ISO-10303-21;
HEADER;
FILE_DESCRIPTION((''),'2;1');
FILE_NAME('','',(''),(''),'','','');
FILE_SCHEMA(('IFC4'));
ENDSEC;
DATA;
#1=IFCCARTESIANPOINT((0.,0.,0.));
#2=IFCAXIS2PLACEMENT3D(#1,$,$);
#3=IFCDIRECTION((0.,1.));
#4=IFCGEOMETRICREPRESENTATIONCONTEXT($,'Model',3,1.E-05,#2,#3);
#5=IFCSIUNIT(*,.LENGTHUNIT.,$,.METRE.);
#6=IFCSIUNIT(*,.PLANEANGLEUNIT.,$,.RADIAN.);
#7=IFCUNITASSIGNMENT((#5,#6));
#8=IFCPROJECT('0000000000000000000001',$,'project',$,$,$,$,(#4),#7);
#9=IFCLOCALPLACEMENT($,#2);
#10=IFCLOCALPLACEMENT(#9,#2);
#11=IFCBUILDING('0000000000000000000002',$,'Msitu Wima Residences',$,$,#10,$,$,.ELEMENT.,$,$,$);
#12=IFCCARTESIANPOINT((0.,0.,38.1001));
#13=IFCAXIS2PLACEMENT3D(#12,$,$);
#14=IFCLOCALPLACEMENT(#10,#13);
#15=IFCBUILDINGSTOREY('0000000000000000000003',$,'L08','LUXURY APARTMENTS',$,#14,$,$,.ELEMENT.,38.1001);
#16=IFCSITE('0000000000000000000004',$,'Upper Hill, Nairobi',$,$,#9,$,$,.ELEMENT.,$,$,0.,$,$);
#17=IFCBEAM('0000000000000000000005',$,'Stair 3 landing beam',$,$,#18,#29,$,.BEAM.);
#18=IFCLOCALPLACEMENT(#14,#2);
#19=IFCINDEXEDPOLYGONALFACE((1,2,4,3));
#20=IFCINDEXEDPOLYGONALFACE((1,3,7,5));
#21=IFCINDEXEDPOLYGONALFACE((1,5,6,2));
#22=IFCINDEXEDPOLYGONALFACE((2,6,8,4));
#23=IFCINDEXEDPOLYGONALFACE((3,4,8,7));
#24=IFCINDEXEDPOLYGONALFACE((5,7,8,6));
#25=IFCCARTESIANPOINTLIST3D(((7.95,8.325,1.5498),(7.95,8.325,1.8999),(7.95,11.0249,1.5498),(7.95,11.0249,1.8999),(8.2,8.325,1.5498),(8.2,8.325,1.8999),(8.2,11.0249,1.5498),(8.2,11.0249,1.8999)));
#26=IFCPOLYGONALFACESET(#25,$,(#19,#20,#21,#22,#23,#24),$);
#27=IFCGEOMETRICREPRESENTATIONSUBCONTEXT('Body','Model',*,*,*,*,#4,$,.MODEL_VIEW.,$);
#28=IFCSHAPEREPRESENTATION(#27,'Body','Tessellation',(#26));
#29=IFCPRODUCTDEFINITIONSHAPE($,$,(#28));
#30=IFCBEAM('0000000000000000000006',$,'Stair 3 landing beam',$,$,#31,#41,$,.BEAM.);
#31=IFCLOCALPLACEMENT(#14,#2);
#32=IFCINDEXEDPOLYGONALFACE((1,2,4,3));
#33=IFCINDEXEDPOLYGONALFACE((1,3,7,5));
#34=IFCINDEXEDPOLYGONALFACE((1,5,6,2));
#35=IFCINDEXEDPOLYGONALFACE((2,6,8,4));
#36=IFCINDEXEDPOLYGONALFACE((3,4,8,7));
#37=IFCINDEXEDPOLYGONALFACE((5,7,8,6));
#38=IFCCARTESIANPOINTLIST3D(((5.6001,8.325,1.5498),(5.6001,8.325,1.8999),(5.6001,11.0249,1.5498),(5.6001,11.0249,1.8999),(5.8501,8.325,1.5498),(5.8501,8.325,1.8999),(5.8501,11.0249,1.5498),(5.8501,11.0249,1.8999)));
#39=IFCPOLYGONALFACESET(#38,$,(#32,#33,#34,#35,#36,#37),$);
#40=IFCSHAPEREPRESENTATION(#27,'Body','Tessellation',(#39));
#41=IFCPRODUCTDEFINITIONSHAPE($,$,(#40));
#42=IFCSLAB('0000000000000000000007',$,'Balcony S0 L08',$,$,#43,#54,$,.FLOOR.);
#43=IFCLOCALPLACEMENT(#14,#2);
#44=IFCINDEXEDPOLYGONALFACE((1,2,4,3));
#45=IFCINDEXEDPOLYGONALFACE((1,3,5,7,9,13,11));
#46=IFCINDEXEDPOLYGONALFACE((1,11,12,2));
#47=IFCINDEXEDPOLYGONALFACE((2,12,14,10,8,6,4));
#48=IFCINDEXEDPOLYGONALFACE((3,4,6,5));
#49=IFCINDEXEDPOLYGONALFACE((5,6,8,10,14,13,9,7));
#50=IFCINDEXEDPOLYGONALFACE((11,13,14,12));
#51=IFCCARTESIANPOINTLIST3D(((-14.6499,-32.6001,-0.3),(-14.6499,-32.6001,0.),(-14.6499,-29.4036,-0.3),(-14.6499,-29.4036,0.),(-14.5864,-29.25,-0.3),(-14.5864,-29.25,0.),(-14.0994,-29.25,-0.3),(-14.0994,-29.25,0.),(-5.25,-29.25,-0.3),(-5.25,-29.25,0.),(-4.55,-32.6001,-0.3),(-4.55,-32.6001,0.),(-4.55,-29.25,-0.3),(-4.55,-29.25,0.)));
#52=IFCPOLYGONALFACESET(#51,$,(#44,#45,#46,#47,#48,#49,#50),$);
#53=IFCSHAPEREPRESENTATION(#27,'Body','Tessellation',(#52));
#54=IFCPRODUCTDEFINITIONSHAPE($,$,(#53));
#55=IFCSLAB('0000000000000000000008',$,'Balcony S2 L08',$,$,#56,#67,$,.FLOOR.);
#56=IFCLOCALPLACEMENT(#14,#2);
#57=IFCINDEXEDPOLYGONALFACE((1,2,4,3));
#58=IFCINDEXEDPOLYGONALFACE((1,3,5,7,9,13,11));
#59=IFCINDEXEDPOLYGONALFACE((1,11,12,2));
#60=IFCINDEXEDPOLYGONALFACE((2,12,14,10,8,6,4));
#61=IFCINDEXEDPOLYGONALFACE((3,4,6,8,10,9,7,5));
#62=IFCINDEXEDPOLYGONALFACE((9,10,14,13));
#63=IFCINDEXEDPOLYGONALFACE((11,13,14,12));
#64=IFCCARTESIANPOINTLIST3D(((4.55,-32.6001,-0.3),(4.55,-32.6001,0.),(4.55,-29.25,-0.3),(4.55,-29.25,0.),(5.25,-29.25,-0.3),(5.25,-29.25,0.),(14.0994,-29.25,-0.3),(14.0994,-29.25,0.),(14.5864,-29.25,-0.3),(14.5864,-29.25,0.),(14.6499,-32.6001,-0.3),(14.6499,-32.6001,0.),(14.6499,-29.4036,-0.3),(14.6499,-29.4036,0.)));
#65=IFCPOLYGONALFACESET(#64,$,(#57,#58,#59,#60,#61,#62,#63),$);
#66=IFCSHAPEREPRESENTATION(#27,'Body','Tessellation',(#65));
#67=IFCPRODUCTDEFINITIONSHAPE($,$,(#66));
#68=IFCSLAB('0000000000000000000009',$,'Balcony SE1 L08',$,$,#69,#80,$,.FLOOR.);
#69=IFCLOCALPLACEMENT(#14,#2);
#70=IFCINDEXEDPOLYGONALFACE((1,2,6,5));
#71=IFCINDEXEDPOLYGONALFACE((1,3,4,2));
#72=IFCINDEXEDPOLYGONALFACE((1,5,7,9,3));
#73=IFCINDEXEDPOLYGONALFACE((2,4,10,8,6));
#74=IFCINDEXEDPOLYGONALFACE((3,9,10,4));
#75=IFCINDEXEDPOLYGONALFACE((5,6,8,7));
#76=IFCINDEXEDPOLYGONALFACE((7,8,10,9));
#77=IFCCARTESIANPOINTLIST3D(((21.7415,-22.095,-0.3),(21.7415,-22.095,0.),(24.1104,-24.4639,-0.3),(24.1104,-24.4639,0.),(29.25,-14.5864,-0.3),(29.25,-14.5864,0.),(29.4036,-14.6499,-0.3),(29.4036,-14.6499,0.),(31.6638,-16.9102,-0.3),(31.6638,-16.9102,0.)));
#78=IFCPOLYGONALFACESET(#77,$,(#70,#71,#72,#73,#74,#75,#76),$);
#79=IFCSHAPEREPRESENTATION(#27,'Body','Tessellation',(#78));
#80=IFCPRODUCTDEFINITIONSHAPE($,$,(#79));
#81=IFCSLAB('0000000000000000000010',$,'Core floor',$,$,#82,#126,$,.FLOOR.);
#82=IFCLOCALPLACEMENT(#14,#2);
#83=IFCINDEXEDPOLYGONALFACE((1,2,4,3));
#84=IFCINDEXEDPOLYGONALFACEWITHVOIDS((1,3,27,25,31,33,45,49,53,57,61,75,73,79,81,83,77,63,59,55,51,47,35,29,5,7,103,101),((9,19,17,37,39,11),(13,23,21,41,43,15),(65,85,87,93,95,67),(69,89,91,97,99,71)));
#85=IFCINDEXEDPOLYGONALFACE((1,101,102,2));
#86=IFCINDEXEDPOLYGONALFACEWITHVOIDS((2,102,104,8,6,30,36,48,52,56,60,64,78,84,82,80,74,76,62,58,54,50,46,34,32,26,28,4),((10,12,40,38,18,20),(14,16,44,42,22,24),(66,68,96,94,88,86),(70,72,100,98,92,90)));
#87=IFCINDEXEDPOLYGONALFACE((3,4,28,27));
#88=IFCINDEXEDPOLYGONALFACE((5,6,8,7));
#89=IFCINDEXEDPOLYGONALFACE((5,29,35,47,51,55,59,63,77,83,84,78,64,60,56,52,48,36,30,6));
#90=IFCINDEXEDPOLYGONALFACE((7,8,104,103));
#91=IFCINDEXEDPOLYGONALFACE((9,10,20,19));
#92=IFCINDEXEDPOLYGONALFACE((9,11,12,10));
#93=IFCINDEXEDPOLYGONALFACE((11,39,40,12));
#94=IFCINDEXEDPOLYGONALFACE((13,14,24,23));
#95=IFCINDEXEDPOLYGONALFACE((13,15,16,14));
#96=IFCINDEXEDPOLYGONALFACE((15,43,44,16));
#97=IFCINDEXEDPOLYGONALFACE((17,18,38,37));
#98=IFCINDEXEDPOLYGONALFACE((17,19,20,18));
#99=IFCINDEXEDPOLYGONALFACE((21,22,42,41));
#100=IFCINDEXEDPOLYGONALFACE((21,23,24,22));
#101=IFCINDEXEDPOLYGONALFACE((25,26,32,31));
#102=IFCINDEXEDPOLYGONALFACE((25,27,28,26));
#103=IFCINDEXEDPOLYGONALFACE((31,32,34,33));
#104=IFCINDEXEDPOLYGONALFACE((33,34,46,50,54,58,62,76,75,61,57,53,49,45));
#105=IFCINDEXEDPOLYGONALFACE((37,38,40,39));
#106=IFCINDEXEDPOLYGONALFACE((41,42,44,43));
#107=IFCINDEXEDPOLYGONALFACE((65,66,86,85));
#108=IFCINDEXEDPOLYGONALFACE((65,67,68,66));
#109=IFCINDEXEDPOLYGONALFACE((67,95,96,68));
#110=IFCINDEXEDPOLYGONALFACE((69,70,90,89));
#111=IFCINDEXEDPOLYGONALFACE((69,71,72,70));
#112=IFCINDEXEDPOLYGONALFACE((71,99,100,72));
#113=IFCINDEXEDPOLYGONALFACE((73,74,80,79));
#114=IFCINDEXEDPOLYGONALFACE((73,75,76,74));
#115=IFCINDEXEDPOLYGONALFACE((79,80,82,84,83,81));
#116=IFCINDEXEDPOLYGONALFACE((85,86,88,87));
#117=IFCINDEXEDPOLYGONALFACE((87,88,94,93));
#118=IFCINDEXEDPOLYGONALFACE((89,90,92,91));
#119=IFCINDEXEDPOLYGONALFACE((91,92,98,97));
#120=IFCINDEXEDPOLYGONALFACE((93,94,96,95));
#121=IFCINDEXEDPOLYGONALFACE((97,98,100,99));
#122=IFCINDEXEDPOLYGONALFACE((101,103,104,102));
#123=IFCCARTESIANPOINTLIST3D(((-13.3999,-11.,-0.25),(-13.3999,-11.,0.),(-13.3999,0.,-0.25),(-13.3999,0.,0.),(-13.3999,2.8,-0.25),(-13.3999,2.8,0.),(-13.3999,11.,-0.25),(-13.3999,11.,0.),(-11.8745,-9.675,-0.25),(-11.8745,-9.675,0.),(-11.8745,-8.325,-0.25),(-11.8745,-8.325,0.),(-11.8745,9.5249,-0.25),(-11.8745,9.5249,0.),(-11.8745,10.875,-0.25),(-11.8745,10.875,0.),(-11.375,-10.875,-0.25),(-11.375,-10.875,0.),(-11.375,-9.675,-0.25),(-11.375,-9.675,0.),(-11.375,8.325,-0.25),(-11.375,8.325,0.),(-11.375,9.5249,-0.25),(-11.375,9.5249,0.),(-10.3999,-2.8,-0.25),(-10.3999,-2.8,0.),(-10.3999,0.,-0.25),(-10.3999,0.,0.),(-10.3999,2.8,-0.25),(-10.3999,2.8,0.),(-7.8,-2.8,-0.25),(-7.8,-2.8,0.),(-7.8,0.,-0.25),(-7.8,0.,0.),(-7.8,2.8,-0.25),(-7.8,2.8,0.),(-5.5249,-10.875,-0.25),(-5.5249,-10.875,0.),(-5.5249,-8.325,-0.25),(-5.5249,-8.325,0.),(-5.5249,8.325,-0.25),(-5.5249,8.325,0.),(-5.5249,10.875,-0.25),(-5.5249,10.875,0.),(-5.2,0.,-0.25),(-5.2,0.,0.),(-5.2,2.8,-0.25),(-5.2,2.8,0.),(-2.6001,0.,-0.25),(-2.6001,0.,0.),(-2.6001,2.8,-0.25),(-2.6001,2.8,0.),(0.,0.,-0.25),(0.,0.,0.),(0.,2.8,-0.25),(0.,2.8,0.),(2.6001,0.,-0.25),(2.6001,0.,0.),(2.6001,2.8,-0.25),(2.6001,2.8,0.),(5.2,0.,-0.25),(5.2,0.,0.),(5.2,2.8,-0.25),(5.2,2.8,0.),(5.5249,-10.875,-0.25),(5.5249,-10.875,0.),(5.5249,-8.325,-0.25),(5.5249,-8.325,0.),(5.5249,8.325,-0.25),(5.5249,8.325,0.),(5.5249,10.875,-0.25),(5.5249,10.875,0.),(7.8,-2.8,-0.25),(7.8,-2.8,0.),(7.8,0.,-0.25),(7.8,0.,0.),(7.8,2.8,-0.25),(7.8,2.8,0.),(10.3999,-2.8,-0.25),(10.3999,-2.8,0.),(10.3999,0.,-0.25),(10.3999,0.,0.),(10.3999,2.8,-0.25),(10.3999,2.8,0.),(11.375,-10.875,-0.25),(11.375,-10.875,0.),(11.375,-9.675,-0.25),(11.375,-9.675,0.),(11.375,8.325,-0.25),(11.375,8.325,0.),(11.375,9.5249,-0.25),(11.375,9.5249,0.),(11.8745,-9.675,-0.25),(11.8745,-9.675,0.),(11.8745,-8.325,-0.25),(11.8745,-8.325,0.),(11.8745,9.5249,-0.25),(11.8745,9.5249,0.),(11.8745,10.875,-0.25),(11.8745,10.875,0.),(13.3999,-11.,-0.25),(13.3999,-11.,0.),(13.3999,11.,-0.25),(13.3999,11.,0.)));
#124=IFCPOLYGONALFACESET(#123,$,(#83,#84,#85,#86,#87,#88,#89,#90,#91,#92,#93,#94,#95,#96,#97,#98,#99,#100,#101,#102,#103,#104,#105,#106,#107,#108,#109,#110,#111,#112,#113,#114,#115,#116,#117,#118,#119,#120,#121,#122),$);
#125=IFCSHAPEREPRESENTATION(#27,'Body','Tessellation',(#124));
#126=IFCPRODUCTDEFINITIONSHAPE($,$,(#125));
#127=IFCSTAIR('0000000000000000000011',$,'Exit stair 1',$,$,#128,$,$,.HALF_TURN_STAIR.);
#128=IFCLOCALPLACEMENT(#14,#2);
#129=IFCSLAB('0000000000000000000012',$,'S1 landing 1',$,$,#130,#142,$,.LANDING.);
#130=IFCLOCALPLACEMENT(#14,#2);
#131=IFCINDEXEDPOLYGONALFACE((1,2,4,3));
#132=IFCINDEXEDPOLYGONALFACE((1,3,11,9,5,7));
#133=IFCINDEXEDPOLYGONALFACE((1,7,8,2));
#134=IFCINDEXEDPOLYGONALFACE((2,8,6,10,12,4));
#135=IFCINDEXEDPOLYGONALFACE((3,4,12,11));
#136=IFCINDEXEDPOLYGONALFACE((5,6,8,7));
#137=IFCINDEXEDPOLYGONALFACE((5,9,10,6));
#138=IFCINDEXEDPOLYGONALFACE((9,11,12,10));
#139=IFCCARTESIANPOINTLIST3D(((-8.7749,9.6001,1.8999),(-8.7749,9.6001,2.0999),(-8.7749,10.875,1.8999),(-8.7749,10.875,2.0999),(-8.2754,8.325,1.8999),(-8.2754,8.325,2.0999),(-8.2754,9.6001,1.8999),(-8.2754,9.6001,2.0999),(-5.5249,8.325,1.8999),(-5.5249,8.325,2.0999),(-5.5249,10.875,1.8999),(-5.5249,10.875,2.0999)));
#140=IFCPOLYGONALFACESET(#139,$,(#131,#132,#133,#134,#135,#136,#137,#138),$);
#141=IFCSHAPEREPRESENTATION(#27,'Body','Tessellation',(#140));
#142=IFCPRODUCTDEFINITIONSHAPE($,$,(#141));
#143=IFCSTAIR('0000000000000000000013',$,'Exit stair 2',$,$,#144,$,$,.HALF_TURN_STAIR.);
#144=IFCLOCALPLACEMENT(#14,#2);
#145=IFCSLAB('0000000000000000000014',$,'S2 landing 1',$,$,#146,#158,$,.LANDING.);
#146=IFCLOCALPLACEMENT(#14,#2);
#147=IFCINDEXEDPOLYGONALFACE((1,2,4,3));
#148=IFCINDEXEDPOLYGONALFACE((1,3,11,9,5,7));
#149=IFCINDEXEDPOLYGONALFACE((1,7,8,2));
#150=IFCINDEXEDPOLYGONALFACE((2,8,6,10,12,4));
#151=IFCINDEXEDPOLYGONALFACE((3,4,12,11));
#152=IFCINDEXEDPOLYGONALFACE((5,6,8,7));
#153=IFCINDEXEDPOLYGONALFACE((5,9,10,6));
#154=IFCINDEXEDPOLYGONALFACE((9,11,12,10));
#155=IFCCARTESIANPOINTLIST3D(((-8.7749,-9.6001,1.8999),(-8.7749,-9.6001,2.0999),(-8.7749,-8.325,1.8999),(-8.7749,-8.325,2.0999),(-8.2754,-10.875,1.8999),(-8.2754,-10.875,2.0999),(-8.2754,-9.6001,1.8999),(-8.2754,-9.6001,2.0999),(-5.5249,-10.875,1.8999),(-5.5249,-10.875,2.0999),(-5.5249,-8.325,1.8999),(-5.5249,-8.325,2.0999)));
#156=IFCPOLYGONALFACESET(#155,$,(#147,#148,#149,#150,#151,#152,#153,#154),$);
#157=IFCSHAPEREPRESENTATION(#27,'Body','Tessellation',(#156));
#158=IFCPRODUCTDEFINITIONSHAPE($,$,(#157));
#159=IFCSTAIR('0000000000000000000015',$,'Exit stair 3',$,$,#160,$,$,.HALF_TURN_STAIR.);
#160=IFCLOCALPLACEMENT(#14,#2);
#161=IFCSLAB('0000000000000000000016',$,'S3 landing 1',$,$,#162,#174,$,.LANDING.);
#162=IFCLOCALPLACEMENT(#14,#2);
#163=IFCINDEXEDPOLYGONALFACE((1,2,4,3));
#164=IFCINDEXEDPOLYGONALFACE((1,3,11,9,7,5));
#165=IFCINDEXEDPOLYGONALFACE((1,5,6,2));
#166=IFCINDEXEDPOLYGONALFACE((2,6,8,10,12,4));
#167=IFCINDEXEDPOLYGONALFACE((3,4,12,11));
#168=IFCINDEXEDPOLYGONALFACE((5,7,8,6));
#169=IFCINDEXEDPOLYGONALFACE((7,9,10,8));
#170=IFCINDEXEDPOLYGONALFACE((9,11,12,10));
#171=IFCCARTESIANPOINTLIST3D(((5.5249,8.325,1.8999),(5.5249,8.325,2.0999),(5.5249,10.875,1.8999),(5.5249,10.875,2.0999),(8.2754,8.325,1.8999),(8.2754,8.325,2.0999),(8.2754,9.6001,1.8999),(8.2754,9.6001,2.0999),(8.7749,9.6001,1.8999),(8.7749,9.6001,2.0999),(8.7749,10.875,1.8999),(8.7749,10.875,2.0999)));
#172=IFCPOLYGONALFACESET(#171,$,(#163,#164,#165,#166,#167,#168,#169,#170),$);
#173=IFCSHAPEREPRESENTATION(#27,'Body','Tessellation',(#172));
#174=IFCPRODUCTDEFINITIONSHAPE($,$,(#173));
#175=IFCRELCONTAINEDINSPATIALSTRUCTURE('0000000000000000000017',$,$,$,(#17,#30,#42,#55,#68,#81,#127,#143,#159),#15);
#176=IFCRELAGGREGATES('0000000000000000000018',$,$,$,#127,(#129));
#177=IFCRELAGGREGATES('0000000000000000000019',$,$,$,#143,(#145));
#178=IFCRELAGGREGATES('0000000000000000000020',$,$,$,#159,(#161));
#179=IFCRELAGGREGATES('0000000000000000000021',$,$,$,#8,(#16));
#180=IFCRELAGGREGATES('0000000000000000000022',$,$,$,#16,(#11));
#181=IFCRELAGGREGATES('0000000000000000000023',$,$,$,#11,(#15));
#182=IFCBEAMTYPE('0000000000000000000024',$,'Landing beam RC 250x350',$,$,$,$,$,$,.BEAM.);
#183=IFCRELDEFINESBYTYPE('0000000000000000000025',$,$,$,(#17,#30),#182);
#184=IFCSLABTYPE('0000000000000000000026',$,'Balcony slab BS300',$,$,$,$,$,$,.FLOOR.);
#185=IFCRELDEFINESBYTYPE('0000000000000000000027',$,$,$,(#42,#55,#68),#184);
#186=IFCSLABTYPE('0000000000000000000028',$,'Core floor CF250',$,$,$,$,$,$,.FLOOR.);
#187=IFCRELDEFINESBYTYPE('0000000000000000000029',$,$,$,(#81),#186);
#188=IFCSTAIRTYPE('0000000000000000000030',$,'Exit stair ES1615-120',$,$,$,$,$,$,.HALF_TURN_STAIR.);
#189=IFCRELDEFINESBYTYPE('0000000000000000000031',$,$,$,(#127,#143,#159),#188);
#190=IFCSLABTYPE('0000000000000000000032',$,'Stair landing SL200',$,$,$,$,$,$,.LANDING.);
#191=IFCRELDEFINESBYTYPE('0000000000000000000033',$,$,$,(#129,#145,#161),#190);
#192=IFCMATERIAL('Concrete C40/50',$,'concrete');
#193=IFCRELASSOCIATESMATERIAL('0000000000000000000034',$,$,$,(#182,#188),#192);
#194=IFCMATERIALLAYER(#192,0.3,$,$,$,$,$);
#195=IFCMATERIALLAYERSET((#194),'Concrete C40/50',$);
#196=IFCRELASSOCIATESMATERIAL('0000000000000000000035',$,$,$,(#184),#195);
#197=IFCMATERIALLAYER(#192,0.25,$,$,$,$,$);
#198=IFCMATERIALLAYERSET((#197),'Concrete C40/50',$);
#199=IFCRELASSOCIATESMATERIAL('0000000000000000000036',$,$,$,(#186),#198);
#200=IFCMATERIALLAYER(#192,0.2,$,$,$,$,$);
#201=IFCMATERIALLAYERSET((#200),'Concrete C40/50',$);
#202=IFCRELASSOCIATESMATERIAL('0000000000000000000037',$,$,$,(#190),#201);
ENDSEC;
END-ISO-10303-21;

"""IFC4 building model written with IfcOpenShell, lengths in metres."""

from ifc_helpers import new_model, si_unit, direction, frame, origin, origin_2d, place, context, subcontext, project, spatial, polyline, rectangle, outline, extrude, material, layer, layer_set, material_profile, profile_set, type_object, element, aggregate, save


model = new_model("IFC4")

# Units and contexts
model_context = context("Model", 3, precision=1e-05, world=origin(), true_north=direction((0.0, 1.0)))
body_context = subcontext(model_context, "Body", "Model", "MODEL_VIEW")
ifc_project = project(units=[si_unit("LENGTHUNIT", "METRE"), si_unit("PLANEANGLEUNIT", "RADIAN")], contexts=[model_context])

# Site, building, storey
site_placement = place(None, origin())
site = spatial("IfcSite", under=ifc_project, at=site_placement, Name="Upper Hill, Nairobi", CompositionType="ELEMENT", RefElevation=0.0)
building_placement = place(site_placement, origin())
building = spatial("IfcBuilding", under=site, at=building_placement, Name="Msitu Wima Residences", CompositionType="ELEMENT")
storey_placement = place(building_placement, frame((0.0, 0.0, 38.1001)))
storey = spatial("IfcBuildingStorey", under=building, at=storey_placement, Name="L08", Description="LUXURY APARTMENTS", CompositionType="ELEMENT", Elevation=38.1001)

# Beams
ifc_material_1 = material(Name="Concrete C40/50", Category="concrete")
ifc_material_profile = material_profile(ifc_material_1, rectangle(XDim=0.25, YDim=0.3501, at=origin_2d()), Name="RC 250x350")
ifc_profile_set = profile_set([ifc_material_profile], Name="Concrete C40/50")
beam_type = type_object("IfcBeamType", Name="Landing beam RC 250x350", PredefinedType="BEAM", material=ifc_profile_set)
for number, where, z_axis, x_axis, name in (
    (1, (8.075, 8.325, 1.7249), (0.0, 1.0, 0.0), (-1.0, 0.0, 0.0), "Stair 3 landing beam"),
    (2, (5.7251, 8.325, 1.7249), (0.0, 1.0, 0.0), (-1.0, 0.0, 0.0), "Stair 3 landing beam"),
):
    element("IfcBeam", number, at=place(storey_placement, frame(where, z_axis=z_axis, x_axis=x_axis)), inside=storey, type_object=beam_type, Name=name, PredefinedType="BEAM", context=body_context, shape_type="SweptSolid", body=[
        extrude(rectangle(XDim=0.25, YDim=0.3501, at=origin_2d()), origin(), (0.0, 0.0, 1.0), 2.7),
    ])

# Slabs
ifc_layer_1 = layer(ifc_material_1, 0.3)
ifc_layer_set_1 = layer_set([ifc_layer_1], Name="Concrete C40/50")
slab_type_1 = type_object("IfcSlabType", Name="Balcony slab BS300", PredefinedType="FLOOR", material=ifc_layer_set_1)
slab_1_placement = place(storey_placement, frame((0.0, 0.0, -0.3)))
element("IfcSlab", 3, at=slab_1_placement, inside=storey, type_object=slab_type_1, Name="Balcony S0 L08", PredefinedType="FLOOR", context=body_context, shape_type="SweptSolid", body=[
    extrude(outline(polyline([(-14.0994, -29.25), (-14.0994, -29.25), (-5.25, -29.25), (-4.55, -29.25), (-4.55, -32.6001), (-14.6499, -32.6001), (-14.6499, -29.4036), (-14.5864, -29.25), (-14.0994, -29.25), (-14.0994, -29.25)])), origin(), (0.0, 0.0, 1.0), 0.3),
])
slab_2_placement = place(storey_placement, frame((0.0, 0.0, -0.3)))
element("IfcSlab", 4, at=slab_2_placement, inside=storey, type_object=slab_type_1, Name="Balcony S2 L08", PredefinedType="FLOOR", context=body_context, shape_type="SweptSolid", body=[
    extrude(outline(polyline([(14.0994, -29.25), (14.0994, -29.25), (14.0994, -29.25), (14.5864, -29.25), (14.6499, -29.4036), (14.6499, -32.6001), (4.55, -32.6001), (4.55, -29.25), (5.25, -29.25), (14.0994, -29.25)])), origin(), (0.0, 0.0, 1.0), 0.3),
])
slab_3_placement = place(storey_placement, frame((0.0, 0.0, -0.3)))
element("IfcSlab", 5, at=slab_3_placement, inside=storey, type_object=slab_type_1, Name="Balcony SE1 L08", PredefinedType="FLOOR", context=body_context, shape_type="SweptSolid", body=[
    extrude(outline(polyline([(31.6638, -16.9102), (24.1104, -24.4639), (21.7415, -22.095), (29.25, -14.5864), (29.4036, -14.6499), (31.6638, -16.9102)])), origin(), (0.0, 0.0, 1.0), 0.3),
])
ifc_layer_2 = layer(ifc_material_1, 0.25)
ifc_layer_set_2 = layer_set([ifc_layer_2], Name="Concrete C40/50")
slab_type_2 = type_object("IfcSlabType", Name="Core floor CF250", PredefinedType="FLOOR", material=ifc_layer_set_2)
slab_4_placement = place(storey_placement, frame((0.0, 0.0, -0.25)))
element("IfcSlab", 6, at=slab_4_placement, inside=storey, type_object=slab_type_2, Name="Core floor", PredefinedType="FLOOR", context=body_context, shape_type="SweptSolid", body=[
    extrude(outline(polyline([(-13.3999, 11.0), (-13.3999, 2.8), (-10.3999, 2.8), (-7.8, 2.8), (-5.2, 2.8), (-2.6001, 2.8), (0.0, 2.8), (2.6001, 2.8), (5.2, 2.8), (7.8, 2.8), (10.3999, 2.8), (10.3999, 0.0), (10.3999, -2.8), (7.8, -2.8), (7.8, 0.0), (5.2, 0.0), (2.6001, 0.0), (0.0, 0.0), (-2.6001, 0.0), (-5.2, 0.0), (-7.8, 0.0), (-7.8, -2.8), (-10.3999, -2.8), (-10.3999, 0.0), (-13.3999, 0.0), (-13.3999, -11.0), (13.3999, -11.0), (13.3999, 11.0), (-13.3999, 11.0)]), holes=[polyline([(-11.375, -10.875), (-11.375, -9.675), (-11.8745, -9.675), (-11.8745, -8.325), (-5.5249, -8.325), (-5.5249, -10.875), (-11.375, -10.875)]), polyline([(-11.375, 9.5249), (-11.8745, 9.5249), (-11.8745, 10.875), (-5.5249, 10.875), (-5.5249, 8.325), (-11.375, 8.325), (-11.375, 9.5249)]), polyline([(11.375, -9.675), (11.375, -10.875), (5.5249, -10.875), (5.5249, -8.325), (11.8745, -8.325), (11.8745, -9.675), (11.375, -9.675)]), polyline([(11.375, 9.5249), (11.375, 8.325), (5.5249, 8.325), (5.5249, 10.875), (11.8745, 10.875), (11.8745, 9.5249), (11.375, 9.5249)])]), origin(), (0.0, 0.0, 1.0), 0.25),
])

# Stairs, slabs
stair_type = type_object("IfcStairType", Name="Exit stair ES1615-120", PredefinedType="HALF_TURN_STAIR", material=ifc_material_1)
stair_1_placement = place(storey_placement, origin())
stair_1 = element("IfcStair", 7, at=stair_1_placement, inside=storey, type_object=stair_type, Name="Exit stair 1", PredefinedType="HALF_TURN_STAIR")
ifc_layer_3 = layer(ifc_material_1, 0.2)
ifc_layer_set_3 = layer_set([ifc_layer_3], Name="Concrete C40/50")
slab_type_3 = type_object("IfcSlabType", Name="Stair landing SL200", PredefinedType="LANDING", material=ifc_layer_set_3)
slab_5_placement = place(storey_placement, frame((0.0, 0.0, 1.8999)))
slab_5 = element("IfcSlab", 8, at=slab_5_placement, type_object=slab_type_3, Name="S1 landing 1", PredefinedType="LANDING", context=body_context, shape_type="SweptSolid", body=[
    extrude(outline(polyline([(-5.5249, 8.325), (-8.2754, 8.325), (-8.2754, 9.6001), (-8.7749, 9.6001), (-8.7749, 10.875), (-5.5249, 10.875), (-5.5249, 8.325)])), origin(), (0.0, 0.0, 1.0), 0.2),
])
aggregate(stair_1, [slab_5])
stair_2_placement = place(storey_placement, origin())
stair_2 = element("IfcStair", 9, at=stair_2_placement, inside=storey, type_object=stair_type, Name="Exit stair 2", PredefinedType="HALF_TURN_STAIR")
slab_6_placement = place(storey_placement, frame((0.0, 0.0, 1.8999)))
slab_6 = element("IfcSlab", 10, at=slab_6_placement, type_object=slab_type_3, Name="S2 landing 1", PredefinedType="LANDING", context=body_context, shape_type="SweptSolid", body=[
    extrude(outline(polyline([(-5.5249, -10.875), (-8.2754, -10.875), (-8.2754, -9.6001), (-8.7749, -9.6001), (-8.7749, -8.325), (-5.5249, -8.325), (-5.5249, -10.875)])), origin(), (0.0, 0.0, 1.0), 0.2),
])
aggregate(stair_2, [slab_6])
stair_3_placement = place(storey_placement, origin())
stair_3 = element("IfcStair", 11, at=stair_3_placement, inside=storey, type_object=stair_type, Name="Exit stair 3", PredefinedType="HALF_TURN_STAIR")
slab_7_placement = place(storey_placement, frame((0.0, 0.0, 1.8999)))
slab_7 = element("IfcSlab", 12, at=slab_7_placement, type_object=slab_type_3, Name="S3 landing 1", PredefinedType="LANDING", context=body_context, shape_type="SweptSolid", body=[
    extrude(outline(polyline([(5.5249, 8.325), (8.2754, 8.325), (8.2754, 9.6001), (8.7749, 9.6001), (8.7749, 10.875), (5.5249, 10.875), (5.5249, 8.325)])), origin(), (0.0, 0.0, 1.0), 0.2),
])

aggregate(stair_3, [slab_7])

save(model, "model.ifc")
